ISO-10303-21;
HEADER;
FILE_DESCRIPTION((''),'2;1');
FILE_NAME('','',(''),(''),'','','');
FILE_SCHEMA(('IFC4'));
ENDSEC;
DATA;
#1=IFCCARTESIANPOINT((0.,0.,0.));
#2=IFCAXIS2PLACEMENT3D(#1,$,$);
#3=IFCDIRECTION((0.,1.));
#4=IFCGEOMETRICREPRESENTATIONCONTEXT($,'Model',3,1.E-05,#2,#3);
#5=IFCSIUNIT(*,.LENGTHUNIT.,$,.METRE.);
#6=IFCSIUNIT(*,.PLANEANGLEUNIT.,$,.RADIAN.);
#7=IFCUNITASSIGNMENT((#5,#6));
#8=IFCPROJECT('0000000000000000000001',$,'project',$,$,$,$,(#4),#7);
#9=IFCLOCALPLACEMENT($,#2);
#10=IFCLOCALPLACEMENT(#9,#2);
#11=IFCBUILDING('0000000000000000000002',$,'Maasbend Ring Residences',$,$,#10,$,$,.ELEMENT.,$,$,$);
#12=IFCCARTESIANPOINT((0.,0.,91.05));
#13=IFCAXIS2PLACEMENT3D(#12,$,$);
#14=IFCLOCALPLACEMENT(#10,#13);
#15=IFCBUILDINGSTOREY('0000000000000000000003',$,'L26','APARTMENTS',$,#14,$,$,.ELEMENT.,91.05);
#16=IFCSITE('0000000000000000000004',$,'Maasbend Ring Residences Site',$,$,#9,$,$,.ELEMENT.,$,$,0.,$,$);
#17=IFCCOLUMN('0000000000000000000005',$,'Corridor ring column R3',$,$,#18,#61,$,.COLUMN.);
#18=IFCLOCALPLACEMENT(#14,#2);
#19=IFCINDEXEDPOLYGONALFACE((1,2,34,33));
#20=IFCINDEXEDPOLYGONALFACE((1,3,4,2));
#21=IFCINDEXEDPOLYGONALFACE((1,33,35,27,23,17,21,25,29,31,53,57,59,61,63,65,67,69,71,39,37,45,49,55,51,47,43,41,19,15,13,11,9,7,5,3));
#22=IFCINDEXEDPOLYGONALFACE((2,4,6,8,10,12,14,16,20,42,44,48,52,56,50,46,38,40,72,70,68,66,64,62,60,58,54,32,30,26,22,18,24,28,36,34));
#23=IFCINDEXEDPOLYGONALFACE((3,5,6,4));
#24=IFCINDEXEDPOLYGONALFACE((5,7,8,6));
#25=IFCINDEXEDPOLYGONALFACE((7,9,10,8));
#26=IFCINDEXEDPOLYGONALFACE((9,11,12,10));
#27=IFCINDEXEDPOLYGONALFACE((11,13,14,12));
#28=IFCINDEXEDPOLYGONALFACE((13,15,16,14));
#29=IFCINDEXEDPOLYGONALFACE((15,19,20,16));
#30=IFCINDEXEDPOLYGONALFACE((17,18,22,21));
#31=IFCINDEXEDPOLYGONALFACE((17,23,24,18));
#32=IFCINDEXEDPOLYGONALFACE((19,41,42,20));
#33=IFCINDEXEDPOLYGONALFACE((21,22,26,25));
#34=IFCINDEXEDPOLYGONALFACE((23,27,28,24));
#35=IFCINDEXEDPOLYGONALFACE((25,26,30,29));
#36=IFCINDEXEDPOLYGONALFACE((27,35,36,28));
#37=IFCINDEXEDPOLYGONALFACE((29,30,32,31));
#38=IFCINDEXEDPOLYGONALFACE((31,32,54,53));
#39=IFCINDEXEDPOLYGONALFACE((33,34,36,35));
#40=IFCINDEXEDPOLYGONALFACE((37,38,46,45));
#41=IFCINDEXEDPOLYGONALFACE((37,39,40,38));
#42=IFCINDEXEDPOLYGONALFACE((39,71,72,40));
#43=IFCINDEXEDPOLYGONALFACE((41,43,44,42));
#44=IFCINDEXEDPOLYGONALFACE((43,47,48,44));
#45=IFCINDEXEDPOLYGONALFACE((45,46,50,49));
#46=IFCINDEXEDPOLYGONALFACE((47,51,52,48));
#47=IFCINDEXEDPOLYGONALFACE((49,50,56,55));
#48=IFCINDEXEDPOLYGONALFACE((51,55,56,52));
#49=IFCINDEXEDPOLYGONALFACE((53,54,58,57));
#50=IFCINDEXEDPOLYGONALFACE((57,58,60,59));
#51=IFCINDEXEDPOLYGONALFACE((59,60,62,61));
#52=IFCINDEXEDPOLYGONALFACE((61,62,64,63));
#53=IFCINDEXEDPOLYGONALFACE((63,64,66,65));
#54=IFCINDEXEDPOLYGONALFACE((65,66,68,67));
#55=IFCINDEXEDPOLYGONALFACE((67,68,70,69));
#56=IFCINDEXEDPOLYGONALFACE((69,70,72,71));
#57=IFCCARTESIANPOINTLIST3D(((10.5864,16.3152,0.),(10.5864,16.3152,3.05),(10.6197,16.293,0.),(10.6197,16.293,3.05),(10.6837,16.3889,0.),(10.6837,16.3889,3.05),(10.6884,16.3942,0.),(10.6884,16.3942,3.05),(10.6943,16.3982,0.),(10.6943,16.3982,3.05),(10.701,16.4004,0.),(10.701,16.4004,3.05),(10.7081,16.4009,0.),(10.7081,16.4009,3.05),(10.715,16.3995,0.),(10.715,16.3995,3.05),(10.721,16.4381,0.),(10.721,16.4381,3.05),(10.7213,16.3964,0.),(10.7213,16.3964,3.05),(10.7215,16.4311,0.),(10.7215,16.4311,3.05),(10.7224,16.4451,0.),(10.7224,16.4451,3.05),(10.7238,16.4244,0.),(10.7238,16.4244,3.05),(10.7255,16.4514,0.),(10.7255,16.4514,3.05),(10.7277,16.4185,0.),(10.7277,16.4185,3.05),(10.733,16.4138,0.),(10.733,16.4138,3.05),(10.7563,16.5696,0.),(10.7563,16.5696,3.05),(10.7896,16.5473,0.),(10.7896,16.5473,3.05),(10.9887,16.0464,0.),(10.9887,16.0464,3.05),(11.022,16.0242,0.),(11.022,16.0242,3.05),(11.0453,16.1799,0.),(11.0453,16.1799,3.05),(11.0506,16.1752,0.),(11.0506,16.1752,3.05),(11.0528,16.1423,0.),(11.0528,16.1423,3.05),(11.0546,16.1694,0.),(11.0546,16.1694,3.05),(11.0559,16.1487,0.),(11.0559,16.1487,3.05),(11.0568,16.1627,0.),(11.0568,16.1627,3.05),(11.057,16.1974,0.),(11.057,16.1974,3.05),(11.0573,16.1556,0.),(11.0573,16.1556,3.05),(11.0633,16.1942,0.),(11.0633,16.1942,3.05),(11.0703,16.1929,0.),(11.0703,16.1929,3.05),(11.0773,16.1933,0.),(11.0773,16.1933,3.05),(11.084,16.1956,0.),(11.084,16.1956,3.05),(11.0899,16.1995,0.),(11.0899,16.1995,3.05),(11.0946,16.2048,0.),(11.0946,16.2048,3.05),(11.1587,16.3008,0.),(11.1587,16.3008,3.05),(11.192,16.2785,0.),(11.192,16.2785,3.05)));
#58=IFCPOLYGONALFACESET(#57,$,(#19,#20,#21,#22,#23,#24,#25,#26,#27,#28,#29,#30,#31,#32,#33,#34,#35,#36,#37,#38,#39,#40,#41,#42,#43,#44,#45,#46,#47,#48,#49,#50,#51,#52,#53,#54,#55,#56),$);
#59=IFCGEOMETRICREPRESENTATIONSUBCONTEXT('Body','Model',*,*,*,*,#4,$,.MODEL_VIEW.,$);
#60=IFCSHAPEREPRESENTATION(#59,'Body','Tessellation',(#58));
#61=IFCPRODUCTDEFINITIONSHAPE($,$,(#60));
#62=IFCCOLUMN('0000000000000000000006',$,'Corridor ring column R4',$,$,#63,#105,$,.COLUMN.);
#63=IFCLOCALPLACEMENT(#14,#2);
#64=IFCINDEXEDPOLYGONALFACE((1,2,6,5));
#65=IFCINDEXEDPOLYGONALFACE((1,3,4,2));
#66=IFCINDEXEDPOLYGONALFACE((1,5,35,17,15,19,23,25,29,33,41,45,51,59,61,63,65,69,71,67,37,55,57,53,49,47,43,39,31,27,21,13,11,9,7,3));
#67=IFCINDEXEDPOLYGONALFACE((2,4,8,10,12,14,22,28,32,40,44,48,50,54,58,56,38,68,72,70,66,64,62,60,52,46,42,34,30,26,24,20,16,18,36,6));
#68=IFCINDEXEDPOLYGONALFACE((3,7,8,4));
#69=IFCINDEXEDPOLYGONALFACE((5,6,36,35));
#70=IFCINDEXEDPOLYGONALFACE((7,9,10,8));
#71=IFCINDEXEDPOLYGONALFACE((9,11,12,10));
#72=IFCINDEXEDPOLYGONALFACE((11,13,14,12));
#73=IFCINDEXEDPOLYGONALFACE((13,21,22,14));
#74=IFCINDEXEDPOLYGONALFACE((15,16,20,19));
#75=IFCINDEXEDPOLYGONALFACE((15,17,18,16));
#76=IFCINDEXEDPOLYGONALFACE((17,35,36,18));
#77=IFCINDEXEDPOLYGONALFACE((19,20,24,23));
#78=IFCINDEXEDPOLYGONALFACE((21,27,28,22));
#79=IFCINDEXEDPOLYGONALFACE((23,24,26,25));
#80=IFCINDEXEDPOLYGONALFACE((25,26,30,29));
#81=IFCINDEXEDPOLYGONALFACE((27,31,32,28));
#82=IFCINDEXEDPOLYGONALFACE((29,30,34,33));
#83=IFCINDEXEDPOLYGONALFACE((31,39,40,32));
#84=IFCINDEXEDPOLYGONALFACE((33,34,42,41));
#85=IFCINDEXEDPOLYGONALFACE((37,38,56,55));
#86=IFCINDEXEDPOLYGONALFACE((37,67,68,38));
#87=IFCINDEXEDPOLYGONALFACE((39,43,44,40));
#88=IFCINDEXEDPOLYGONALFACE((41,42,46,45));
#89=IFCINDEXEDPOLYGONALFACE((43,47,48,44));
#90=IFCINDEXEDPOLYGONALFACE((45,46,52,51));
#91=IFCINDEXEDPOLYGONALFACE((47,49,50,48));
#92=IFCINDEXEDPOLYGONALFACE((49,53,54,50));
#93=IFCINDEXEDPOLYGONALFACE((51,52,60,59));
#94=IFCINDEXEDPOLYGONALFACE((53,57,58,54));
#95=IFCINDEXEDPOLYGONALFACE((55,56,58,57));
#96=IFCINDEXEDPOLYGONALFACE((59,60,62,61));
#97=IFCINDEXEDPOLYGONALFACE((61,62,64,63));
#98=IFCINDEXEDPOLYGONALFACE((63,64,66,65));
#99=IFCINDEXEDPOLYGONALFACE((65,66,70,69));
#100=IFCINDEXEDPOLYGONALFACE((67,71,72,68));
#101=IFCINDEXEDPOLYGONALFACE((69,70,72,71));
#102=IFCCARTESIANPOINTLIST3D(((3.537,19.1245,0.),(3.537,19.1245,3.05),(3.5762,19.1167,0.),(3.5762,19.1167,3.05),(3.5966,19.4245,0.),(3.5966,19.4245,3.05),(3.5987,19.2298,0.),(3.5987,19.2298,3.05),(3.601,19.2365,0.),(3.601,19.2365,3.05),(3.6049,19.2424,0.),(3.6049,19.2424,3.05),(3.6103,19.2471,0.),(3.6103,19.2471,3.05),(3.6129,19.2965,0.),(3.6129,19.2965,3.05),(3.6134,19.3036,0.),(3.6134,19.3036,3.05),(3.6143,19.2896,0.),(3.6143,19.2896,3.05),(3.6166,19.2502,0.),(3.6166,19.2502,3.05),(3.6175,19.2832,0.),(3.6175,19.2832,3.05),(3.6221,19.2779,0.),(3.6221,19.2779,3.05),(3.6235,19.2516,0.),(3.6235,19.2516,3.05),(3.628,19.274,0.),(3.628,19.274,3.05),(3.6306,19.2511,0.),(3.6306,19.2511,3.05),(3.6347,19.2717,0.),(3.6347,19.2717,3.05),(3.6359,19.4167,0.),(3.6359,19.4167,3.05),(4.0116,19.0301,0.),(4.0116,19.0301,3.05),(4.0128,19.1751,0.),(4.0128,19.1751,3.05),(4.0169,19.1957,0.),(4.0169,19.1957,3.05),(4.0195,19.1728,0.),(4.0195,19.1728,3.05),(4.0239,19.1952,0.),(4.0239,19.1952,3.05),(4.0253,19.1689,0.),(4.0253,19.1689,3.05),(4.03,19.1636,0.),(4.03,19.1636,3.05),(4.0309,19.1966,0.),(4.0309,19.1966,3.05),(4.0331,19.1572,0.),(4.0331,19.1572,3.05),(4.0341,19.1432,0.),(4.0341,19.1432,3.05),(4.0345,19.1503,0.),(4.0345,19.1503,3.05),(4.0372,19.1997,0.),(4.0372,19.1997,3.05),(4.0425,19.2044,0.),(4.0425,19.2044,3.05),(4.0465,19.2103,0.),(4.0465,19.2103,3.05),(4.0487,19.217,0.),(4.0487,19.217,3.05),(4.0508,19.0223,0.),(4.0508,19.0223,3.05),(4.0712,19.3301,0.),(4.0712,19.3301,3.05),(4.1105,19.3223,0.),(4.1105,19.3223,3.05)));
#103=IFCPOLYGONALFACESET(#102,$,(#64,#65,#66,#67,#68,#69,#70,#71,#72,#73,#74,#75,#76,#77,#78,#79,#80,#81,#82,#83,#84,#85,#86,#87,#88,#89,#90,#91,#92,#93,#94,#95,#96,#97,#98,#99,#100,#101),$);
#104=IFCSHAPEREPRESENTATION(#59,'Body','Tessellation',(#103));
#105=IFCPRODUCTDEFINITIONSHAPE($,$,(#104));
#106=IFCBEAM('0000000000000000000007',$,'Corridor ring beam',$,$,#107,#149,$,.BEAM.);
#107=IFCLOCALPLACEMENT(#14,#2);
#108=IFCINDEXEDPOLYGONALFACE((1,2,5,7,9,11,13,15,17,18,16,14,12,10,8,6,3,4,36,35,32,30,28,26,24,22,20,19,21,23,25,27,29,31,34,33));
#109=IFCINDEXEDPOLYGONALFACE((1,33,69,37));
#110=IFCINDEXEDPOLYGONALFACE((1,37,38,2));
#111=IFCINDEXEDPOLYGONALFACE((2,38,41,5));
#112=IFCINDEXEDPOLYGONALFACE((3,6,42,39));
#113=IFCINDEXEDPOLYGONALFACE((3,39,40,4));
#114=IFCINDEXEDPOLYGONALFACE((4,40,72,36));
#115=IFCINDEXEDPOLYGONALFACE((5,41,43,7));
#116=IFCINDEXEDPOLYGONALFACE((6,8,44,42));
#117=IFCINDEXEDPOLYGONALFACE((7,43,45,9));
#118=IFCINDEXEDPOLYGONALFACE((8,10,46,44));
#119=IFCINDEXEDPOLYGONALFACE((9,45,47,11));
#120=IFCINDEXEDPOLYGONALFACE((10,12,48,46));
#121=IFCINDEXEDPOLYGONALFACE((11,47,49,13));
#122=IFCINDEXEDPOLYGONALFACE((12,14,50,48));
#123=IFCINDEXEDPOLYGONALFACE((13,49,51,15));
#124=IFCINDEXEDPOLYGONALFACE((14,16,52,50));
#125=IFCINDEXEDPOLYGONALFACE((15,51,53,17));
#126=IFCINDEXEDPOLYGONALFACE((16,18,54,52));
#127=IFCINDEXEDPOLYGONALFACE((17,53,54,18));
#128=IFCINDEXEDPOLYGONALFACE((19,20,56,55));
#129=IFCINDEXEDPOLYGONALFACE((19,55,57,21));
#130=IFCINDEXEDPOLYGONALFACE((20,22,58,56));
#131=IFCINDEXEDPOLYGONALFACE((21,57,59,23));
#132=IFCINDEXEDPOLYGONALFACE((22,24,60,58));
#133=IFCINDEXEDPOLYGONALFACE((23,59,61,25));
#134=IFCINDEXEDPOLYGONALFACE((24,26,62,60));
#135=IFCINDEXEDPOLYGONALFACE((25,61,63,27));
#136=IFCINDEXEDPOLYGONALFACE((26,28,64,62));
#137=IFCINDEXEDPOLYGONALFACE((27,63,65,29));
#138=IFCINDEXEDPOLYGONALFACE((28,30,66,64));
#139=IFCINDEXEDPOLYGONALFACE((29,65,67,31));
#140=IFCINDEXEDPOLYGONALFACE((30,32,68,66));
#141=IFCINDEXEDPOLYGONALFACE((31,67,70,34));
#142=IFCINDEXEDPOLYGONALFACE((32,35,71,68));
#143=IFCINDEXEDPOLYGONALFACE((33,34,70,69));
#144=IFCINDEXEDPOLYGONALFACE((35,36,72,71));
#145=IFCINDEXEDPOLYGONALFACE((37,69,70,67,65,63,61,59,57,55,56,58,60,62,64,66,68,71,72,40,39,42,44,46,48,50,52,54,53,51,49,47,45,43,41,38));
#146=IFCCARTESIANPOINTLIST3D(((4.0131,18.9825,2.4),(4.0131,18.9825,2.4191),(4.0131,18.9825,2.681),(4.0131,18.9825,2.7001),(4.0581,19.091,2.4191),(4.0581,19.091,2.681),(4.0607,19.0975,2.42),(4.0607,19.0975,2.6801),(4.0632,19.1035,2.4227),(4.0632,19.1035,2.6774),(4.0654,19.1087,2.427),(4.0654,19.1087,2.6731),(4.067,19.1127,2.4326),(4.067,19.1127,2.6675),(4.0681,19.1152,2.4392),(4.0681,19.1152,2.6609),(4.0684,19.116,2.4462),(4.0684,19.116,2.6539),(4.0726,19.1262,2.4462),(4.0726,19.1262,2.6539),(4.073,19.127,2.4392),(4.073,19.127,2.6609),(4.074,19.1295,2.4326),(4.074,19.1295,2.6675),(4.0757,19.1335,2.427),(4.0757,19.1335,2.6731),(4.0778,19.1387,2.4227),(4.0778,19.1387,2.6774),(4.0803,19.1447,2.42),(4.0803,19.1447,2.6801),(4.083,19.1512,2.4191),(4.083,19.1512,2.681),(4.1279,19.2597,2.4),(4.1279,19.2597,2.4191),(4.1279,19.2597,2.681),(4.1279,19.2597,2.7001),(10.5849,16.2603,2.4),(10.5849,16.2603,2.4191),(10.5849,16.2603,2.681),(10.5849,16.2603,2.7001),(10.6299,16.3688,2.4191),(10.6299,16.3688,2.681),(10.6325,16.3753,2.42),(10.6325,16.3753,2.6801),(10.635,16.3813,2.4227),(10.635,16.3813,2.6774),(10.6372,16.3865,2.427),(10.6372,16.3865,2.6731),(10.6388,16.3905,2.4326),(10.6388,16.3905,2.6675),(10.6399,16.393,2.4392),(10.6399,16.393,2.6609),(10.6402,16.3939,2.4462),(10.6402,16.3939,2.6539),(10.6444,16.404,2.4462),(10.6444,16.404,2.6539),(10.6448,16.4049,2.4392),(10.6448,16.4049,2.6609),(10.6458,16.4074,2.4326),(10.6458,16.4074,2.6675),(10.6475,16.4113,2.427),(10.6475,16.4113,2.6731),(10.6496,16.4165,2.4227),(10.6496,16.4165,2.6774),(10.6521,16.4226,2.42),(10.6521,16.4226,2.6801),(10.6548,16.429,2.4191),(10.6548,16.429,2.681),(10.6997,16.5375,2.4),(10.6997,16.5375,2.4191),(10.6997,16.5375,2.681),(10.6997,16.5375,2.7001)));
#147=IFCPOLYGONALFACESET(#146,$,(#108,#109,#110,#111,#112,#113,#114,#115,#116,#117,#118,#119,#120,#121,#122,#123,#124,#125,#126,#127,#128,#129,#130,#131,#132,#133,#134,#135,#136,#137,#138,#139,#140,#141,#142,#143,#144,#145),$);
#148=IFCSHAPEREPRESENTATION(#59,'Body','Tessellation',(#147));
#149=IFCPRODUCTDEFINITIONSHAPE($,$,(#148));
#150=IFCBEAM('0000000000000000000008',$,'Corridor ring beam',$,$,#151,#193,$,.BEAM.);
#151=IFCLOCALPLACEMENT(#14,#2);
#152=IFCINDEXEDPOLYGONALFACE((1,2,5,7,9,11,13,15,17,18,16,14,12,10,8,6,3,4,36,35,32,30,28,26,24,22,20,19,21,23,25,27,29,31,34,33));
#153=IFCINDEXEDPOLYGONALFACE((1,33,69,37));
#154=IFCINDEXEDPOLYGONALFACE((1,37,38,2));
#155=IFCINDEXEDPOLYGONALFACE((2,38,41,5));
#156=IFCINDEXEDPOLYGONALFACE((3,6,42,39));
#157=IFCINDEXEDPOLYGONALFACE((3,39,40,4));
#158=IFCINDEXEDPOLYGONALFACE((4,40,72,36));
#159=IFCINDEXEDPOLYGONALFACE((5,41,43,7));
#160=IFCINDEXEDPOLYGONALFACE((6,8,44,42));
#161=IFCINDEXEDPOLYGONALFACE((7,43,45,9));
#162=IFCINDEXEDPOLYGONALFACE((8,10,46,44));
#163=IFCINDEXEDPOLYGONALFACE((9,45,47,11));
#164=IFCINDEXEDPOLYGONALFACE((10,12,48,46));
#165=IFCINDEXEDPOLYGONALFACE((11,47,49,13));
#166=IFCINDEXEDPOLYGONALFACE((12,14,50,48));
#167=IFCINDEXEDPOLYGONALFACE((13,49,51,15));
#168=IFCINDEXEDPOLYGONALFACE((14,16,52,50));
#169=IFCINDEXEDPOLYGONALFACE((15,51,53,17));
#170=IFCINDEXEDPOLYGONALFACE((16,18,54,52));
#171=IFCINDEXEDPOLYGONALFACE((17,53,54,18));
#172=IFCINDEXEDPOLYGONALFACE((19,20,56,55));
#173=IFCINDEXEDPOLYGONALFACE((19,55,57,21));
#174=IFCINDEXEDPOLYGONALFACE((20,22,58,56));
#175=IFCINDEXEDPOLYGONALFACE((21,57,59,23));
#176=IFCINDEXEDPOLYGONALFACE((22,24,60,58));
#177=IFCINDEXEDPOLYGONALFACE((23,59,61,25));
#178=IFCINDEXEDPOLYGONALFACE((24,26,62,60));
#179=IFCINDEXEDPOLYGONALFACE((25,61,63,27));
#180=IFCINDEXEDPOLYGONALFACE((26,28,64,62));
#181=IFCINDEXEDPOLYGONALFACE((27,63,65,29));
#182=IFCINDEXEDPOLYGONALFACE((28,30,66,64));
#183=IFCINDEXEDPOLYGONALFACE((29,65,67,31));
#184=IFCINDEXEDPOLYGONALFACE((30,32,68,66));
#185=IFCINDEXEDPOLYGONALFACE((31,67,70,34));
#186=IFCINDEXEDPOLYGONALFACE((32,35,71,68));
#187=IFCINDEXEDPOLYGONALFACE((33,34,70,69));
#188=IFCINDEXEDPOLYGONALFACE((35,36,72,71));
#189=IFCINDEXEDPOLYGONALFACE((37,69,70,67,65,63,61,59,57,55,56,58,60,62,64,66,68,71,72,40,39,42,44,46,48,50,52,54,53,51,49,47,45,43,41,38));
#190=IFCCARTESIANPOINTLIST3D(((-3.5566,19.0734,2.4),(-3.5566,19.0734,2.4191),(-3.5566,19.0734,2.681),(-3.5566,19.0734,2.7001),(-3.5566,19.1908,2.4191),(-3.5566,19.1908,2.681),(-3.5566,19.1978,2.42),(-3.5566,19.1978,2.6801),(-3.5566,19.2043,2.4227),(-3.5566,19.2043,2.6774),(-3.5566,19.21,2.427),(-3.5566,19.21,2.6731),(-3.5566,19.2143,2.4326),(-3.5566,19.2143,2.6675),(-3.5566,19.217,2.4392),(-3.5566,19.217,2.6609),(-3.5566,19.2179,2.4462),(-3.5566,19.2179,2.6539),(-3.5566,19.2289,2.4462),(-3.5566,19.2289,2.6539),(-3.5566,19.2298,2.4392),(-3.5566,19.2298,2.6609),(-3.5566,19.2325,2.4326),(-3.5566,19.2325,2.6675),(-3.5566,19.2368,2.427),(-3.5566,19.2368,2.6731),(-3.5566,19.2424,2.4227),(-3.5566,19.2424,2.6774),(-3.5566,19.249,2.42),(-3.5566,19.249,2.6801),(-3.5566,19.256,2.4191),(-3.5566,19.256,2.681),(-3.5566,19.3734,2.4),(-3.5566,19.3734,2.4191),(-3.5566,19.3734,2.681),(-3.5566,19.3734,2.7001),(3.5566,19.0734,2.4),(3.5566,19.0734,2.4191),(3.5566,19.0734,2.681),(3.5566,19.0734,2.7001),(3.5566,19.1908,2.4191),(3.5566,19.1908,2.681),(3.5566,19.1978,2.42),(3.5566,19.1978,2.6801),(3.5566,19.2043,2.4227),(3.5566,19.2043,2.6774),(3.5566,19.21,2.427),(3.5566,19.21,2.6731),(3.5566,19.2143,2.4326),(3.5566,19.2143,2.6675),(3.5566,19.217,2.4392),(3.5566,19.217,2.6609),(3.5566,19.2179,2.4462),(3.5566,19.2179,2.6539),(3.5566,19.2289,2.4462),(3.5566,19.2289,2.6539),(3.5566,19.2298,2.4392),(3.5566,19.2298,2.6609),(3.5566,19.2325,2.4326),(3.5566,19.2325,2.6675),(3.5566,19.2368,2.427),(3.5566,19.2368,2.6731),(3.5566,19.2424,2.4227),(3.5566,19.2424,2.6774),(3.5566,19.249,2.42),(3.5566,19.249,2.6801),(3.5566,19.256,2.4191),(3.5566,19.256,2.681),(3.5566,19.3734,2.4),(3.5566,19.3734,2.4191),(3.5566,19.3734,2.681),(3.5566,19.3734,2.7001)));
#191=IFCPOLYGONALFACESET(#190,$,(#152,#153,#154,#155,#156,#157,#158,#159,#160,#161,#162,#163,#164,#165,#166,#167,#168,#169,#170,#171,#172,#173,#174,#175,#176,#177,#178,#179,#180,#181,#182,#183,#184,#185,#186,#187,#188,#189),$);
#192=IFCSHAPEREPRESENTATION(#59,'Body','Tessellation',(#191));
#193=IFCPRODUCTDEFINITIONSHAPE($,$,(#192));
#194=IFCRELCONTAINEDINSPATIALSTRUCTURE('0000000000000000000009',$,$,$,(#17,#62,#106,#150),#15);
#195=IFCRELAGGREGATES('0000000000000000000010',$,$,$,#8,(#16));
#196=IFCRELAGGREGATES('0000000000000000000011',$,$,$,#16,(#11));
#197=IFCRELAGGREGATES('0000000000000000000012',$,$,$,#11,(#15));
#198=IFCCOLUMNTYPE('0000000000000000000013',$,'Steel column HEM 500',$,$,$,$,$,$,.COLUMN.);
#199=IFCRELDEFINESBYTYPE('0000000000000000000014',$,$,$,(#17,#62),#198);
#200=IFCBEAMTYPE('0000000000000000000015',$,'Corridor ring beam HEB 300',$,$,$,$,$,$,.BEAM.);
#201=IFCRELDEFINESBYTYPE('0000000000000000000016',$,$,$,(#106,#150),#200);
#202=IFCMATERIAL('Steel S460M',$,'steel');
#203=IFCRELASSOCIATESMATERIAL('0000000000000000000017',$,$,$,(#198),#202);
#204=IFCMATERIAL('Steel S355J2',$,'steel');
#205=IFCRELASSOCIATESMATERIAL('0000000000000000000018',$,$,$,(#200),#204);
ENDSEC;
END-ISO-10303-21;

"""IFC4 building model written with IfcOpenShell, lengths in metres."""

from ifc_helpers import new_model, si_unit, direction, frame, origin, origin_2d, place, context, subcontext, project, spatial, i_section, extrude, material, material_profile, profile_set, type_object, element, save


model = new_model("IFC4")

# Units and contexts
model_context = context("Model", 3, precision=1e-05, world=origin(), true_north=direction((0.0, 1.0)))
body_context = subcontext(model_context, "Body", "Model", "MODEL_VIEW")
ifc_project = project(units=[si_unit("LENGTHUNIT", "METRE"), si_unit("PLANEANGLEUNIT", "RADIAN")], contexts=[model_context])

# Site, building, storey
site_placement = place(None, origin())
site = spatial("IfcSite", under=ifc_project, at=site_placement, Name="Maasbend Ring Residences Site", CompositionType="ELEMENT", RefElevation=0.0)
building_placement = place(site_placement, origin())
building = spatial("IfcBuilding", under=site, at=building_placement, Name="Maasbend Ring Residences", CompositionType="ELEMENT")
storey_placement = place(building_placement, frame((0.0, 0.0, 91.05)))
storey = spatial("IfcBuildingStorey", under=building, at=storey_placement, Name="L26", Description="APARTMENTS", CompositionType="ELEMENT", Elevation=91.05)

# Columns
ifc_material_1 = material(Name="Steel S460M", Category="steel")
ifc_material_profile_1 = material_profile(ifc_material_1, i_section(OverallWidth=0.3059, OverallDepth=0.5239, WebThickness=0.021, FlangeThickness=0.04, FilletRadius=0.0271, at=origin_2d()), Name="HEM 500")
ifc_profile_set_1 = profile_set([ifc_material_profile_1], Name="Steel S460M")
column_type = type_object("IfcColumnType", Name="Steel column HEM 500", PredefinedType="COLUMN", material=ifc_profile_set_1)
for number, where, z_axis, x_axis, name in (
    (1, (10.8892, 16.2969, 0.0), (0.0, 0.0, 1.0), (0.55557, 0.83147, 0.0), "Corridor ring column R3"),
    (2, (3.8237, 19.2234, 0.0), (0.0, 0.0, 1.0), (0.19509, 0.980785, 0.0), "Corridor ring column R4"),
):
    element("IfcColumn", number, at=place(storey_placement, frame(where, z_axis=z_axis, x_axis=x_axis)), inside=storey, type_object=column_type, Name=name, PredefinedType="COLUMN", context=body_context, shape_type="SweptSolid", body=[
        extrude(i_section(OverallWidth=0.3059, OverallDepth=0.5239, WebThickness=0.021, FlangeThickness=0.04, FilletRadius=0.0271, at=origin_2d()), origin(), (0.0, 0.0, 1.0), 3.05),
    ])

# Beams
ifc_material_2 = material(Name="Steel S355J2", Category="steel")
ifc_material_profile_2 = material_profile(ifc_material_2, i_section(OverallWidth=0.3, OverallDepth=0.3, WebThickness=0.011, FlangeThickness=0.019, FilletRadius=0.0271, at=origin_2d()), Name="HEB 300")
ifc_profile_set_2 = profile_set([ifc_material_profile_2], Name="Steel S355J2")
beam_type = type_object("IfcBeamType", Name="Corridor ring beam HEB 300", PredefinedType="BEAM", material=ifc_profile_set_2)
for number, where, z_axis, x_axis, name in (
    (3, (10.6423, 16.3989, 2.55), (-0.923877, 0.382689, 0.0), (-0.382689, -0.923877, 0.0), "Corridor ring beam"),
    (4, (3.5566, 19.2234, 2.55), (-1.0, 0.0, 0.0), (0.0, -1.0, 0.0), "Corridor ring beam"),
):
    element("IfcBeam", number, at=place(storey_placement, frame(where, z_axis=z_axis, x_axis=x_axis)), inside=storey, type_object=beam_type, Name=name, PredefinedType="BEAM", context=body_context, shape_type="SweptSolid", body=[
        extrude(i_section(OverallWidth=0.3, OverallDepth=0.3, WebThickness=0.011, FlangeThickness=0.019, FilletRadius=0.0271, at=origin_2d()), origin(), (0.0, 0.0, 1.0), 7.1133),
    ])

save(model, "model.ifc")
